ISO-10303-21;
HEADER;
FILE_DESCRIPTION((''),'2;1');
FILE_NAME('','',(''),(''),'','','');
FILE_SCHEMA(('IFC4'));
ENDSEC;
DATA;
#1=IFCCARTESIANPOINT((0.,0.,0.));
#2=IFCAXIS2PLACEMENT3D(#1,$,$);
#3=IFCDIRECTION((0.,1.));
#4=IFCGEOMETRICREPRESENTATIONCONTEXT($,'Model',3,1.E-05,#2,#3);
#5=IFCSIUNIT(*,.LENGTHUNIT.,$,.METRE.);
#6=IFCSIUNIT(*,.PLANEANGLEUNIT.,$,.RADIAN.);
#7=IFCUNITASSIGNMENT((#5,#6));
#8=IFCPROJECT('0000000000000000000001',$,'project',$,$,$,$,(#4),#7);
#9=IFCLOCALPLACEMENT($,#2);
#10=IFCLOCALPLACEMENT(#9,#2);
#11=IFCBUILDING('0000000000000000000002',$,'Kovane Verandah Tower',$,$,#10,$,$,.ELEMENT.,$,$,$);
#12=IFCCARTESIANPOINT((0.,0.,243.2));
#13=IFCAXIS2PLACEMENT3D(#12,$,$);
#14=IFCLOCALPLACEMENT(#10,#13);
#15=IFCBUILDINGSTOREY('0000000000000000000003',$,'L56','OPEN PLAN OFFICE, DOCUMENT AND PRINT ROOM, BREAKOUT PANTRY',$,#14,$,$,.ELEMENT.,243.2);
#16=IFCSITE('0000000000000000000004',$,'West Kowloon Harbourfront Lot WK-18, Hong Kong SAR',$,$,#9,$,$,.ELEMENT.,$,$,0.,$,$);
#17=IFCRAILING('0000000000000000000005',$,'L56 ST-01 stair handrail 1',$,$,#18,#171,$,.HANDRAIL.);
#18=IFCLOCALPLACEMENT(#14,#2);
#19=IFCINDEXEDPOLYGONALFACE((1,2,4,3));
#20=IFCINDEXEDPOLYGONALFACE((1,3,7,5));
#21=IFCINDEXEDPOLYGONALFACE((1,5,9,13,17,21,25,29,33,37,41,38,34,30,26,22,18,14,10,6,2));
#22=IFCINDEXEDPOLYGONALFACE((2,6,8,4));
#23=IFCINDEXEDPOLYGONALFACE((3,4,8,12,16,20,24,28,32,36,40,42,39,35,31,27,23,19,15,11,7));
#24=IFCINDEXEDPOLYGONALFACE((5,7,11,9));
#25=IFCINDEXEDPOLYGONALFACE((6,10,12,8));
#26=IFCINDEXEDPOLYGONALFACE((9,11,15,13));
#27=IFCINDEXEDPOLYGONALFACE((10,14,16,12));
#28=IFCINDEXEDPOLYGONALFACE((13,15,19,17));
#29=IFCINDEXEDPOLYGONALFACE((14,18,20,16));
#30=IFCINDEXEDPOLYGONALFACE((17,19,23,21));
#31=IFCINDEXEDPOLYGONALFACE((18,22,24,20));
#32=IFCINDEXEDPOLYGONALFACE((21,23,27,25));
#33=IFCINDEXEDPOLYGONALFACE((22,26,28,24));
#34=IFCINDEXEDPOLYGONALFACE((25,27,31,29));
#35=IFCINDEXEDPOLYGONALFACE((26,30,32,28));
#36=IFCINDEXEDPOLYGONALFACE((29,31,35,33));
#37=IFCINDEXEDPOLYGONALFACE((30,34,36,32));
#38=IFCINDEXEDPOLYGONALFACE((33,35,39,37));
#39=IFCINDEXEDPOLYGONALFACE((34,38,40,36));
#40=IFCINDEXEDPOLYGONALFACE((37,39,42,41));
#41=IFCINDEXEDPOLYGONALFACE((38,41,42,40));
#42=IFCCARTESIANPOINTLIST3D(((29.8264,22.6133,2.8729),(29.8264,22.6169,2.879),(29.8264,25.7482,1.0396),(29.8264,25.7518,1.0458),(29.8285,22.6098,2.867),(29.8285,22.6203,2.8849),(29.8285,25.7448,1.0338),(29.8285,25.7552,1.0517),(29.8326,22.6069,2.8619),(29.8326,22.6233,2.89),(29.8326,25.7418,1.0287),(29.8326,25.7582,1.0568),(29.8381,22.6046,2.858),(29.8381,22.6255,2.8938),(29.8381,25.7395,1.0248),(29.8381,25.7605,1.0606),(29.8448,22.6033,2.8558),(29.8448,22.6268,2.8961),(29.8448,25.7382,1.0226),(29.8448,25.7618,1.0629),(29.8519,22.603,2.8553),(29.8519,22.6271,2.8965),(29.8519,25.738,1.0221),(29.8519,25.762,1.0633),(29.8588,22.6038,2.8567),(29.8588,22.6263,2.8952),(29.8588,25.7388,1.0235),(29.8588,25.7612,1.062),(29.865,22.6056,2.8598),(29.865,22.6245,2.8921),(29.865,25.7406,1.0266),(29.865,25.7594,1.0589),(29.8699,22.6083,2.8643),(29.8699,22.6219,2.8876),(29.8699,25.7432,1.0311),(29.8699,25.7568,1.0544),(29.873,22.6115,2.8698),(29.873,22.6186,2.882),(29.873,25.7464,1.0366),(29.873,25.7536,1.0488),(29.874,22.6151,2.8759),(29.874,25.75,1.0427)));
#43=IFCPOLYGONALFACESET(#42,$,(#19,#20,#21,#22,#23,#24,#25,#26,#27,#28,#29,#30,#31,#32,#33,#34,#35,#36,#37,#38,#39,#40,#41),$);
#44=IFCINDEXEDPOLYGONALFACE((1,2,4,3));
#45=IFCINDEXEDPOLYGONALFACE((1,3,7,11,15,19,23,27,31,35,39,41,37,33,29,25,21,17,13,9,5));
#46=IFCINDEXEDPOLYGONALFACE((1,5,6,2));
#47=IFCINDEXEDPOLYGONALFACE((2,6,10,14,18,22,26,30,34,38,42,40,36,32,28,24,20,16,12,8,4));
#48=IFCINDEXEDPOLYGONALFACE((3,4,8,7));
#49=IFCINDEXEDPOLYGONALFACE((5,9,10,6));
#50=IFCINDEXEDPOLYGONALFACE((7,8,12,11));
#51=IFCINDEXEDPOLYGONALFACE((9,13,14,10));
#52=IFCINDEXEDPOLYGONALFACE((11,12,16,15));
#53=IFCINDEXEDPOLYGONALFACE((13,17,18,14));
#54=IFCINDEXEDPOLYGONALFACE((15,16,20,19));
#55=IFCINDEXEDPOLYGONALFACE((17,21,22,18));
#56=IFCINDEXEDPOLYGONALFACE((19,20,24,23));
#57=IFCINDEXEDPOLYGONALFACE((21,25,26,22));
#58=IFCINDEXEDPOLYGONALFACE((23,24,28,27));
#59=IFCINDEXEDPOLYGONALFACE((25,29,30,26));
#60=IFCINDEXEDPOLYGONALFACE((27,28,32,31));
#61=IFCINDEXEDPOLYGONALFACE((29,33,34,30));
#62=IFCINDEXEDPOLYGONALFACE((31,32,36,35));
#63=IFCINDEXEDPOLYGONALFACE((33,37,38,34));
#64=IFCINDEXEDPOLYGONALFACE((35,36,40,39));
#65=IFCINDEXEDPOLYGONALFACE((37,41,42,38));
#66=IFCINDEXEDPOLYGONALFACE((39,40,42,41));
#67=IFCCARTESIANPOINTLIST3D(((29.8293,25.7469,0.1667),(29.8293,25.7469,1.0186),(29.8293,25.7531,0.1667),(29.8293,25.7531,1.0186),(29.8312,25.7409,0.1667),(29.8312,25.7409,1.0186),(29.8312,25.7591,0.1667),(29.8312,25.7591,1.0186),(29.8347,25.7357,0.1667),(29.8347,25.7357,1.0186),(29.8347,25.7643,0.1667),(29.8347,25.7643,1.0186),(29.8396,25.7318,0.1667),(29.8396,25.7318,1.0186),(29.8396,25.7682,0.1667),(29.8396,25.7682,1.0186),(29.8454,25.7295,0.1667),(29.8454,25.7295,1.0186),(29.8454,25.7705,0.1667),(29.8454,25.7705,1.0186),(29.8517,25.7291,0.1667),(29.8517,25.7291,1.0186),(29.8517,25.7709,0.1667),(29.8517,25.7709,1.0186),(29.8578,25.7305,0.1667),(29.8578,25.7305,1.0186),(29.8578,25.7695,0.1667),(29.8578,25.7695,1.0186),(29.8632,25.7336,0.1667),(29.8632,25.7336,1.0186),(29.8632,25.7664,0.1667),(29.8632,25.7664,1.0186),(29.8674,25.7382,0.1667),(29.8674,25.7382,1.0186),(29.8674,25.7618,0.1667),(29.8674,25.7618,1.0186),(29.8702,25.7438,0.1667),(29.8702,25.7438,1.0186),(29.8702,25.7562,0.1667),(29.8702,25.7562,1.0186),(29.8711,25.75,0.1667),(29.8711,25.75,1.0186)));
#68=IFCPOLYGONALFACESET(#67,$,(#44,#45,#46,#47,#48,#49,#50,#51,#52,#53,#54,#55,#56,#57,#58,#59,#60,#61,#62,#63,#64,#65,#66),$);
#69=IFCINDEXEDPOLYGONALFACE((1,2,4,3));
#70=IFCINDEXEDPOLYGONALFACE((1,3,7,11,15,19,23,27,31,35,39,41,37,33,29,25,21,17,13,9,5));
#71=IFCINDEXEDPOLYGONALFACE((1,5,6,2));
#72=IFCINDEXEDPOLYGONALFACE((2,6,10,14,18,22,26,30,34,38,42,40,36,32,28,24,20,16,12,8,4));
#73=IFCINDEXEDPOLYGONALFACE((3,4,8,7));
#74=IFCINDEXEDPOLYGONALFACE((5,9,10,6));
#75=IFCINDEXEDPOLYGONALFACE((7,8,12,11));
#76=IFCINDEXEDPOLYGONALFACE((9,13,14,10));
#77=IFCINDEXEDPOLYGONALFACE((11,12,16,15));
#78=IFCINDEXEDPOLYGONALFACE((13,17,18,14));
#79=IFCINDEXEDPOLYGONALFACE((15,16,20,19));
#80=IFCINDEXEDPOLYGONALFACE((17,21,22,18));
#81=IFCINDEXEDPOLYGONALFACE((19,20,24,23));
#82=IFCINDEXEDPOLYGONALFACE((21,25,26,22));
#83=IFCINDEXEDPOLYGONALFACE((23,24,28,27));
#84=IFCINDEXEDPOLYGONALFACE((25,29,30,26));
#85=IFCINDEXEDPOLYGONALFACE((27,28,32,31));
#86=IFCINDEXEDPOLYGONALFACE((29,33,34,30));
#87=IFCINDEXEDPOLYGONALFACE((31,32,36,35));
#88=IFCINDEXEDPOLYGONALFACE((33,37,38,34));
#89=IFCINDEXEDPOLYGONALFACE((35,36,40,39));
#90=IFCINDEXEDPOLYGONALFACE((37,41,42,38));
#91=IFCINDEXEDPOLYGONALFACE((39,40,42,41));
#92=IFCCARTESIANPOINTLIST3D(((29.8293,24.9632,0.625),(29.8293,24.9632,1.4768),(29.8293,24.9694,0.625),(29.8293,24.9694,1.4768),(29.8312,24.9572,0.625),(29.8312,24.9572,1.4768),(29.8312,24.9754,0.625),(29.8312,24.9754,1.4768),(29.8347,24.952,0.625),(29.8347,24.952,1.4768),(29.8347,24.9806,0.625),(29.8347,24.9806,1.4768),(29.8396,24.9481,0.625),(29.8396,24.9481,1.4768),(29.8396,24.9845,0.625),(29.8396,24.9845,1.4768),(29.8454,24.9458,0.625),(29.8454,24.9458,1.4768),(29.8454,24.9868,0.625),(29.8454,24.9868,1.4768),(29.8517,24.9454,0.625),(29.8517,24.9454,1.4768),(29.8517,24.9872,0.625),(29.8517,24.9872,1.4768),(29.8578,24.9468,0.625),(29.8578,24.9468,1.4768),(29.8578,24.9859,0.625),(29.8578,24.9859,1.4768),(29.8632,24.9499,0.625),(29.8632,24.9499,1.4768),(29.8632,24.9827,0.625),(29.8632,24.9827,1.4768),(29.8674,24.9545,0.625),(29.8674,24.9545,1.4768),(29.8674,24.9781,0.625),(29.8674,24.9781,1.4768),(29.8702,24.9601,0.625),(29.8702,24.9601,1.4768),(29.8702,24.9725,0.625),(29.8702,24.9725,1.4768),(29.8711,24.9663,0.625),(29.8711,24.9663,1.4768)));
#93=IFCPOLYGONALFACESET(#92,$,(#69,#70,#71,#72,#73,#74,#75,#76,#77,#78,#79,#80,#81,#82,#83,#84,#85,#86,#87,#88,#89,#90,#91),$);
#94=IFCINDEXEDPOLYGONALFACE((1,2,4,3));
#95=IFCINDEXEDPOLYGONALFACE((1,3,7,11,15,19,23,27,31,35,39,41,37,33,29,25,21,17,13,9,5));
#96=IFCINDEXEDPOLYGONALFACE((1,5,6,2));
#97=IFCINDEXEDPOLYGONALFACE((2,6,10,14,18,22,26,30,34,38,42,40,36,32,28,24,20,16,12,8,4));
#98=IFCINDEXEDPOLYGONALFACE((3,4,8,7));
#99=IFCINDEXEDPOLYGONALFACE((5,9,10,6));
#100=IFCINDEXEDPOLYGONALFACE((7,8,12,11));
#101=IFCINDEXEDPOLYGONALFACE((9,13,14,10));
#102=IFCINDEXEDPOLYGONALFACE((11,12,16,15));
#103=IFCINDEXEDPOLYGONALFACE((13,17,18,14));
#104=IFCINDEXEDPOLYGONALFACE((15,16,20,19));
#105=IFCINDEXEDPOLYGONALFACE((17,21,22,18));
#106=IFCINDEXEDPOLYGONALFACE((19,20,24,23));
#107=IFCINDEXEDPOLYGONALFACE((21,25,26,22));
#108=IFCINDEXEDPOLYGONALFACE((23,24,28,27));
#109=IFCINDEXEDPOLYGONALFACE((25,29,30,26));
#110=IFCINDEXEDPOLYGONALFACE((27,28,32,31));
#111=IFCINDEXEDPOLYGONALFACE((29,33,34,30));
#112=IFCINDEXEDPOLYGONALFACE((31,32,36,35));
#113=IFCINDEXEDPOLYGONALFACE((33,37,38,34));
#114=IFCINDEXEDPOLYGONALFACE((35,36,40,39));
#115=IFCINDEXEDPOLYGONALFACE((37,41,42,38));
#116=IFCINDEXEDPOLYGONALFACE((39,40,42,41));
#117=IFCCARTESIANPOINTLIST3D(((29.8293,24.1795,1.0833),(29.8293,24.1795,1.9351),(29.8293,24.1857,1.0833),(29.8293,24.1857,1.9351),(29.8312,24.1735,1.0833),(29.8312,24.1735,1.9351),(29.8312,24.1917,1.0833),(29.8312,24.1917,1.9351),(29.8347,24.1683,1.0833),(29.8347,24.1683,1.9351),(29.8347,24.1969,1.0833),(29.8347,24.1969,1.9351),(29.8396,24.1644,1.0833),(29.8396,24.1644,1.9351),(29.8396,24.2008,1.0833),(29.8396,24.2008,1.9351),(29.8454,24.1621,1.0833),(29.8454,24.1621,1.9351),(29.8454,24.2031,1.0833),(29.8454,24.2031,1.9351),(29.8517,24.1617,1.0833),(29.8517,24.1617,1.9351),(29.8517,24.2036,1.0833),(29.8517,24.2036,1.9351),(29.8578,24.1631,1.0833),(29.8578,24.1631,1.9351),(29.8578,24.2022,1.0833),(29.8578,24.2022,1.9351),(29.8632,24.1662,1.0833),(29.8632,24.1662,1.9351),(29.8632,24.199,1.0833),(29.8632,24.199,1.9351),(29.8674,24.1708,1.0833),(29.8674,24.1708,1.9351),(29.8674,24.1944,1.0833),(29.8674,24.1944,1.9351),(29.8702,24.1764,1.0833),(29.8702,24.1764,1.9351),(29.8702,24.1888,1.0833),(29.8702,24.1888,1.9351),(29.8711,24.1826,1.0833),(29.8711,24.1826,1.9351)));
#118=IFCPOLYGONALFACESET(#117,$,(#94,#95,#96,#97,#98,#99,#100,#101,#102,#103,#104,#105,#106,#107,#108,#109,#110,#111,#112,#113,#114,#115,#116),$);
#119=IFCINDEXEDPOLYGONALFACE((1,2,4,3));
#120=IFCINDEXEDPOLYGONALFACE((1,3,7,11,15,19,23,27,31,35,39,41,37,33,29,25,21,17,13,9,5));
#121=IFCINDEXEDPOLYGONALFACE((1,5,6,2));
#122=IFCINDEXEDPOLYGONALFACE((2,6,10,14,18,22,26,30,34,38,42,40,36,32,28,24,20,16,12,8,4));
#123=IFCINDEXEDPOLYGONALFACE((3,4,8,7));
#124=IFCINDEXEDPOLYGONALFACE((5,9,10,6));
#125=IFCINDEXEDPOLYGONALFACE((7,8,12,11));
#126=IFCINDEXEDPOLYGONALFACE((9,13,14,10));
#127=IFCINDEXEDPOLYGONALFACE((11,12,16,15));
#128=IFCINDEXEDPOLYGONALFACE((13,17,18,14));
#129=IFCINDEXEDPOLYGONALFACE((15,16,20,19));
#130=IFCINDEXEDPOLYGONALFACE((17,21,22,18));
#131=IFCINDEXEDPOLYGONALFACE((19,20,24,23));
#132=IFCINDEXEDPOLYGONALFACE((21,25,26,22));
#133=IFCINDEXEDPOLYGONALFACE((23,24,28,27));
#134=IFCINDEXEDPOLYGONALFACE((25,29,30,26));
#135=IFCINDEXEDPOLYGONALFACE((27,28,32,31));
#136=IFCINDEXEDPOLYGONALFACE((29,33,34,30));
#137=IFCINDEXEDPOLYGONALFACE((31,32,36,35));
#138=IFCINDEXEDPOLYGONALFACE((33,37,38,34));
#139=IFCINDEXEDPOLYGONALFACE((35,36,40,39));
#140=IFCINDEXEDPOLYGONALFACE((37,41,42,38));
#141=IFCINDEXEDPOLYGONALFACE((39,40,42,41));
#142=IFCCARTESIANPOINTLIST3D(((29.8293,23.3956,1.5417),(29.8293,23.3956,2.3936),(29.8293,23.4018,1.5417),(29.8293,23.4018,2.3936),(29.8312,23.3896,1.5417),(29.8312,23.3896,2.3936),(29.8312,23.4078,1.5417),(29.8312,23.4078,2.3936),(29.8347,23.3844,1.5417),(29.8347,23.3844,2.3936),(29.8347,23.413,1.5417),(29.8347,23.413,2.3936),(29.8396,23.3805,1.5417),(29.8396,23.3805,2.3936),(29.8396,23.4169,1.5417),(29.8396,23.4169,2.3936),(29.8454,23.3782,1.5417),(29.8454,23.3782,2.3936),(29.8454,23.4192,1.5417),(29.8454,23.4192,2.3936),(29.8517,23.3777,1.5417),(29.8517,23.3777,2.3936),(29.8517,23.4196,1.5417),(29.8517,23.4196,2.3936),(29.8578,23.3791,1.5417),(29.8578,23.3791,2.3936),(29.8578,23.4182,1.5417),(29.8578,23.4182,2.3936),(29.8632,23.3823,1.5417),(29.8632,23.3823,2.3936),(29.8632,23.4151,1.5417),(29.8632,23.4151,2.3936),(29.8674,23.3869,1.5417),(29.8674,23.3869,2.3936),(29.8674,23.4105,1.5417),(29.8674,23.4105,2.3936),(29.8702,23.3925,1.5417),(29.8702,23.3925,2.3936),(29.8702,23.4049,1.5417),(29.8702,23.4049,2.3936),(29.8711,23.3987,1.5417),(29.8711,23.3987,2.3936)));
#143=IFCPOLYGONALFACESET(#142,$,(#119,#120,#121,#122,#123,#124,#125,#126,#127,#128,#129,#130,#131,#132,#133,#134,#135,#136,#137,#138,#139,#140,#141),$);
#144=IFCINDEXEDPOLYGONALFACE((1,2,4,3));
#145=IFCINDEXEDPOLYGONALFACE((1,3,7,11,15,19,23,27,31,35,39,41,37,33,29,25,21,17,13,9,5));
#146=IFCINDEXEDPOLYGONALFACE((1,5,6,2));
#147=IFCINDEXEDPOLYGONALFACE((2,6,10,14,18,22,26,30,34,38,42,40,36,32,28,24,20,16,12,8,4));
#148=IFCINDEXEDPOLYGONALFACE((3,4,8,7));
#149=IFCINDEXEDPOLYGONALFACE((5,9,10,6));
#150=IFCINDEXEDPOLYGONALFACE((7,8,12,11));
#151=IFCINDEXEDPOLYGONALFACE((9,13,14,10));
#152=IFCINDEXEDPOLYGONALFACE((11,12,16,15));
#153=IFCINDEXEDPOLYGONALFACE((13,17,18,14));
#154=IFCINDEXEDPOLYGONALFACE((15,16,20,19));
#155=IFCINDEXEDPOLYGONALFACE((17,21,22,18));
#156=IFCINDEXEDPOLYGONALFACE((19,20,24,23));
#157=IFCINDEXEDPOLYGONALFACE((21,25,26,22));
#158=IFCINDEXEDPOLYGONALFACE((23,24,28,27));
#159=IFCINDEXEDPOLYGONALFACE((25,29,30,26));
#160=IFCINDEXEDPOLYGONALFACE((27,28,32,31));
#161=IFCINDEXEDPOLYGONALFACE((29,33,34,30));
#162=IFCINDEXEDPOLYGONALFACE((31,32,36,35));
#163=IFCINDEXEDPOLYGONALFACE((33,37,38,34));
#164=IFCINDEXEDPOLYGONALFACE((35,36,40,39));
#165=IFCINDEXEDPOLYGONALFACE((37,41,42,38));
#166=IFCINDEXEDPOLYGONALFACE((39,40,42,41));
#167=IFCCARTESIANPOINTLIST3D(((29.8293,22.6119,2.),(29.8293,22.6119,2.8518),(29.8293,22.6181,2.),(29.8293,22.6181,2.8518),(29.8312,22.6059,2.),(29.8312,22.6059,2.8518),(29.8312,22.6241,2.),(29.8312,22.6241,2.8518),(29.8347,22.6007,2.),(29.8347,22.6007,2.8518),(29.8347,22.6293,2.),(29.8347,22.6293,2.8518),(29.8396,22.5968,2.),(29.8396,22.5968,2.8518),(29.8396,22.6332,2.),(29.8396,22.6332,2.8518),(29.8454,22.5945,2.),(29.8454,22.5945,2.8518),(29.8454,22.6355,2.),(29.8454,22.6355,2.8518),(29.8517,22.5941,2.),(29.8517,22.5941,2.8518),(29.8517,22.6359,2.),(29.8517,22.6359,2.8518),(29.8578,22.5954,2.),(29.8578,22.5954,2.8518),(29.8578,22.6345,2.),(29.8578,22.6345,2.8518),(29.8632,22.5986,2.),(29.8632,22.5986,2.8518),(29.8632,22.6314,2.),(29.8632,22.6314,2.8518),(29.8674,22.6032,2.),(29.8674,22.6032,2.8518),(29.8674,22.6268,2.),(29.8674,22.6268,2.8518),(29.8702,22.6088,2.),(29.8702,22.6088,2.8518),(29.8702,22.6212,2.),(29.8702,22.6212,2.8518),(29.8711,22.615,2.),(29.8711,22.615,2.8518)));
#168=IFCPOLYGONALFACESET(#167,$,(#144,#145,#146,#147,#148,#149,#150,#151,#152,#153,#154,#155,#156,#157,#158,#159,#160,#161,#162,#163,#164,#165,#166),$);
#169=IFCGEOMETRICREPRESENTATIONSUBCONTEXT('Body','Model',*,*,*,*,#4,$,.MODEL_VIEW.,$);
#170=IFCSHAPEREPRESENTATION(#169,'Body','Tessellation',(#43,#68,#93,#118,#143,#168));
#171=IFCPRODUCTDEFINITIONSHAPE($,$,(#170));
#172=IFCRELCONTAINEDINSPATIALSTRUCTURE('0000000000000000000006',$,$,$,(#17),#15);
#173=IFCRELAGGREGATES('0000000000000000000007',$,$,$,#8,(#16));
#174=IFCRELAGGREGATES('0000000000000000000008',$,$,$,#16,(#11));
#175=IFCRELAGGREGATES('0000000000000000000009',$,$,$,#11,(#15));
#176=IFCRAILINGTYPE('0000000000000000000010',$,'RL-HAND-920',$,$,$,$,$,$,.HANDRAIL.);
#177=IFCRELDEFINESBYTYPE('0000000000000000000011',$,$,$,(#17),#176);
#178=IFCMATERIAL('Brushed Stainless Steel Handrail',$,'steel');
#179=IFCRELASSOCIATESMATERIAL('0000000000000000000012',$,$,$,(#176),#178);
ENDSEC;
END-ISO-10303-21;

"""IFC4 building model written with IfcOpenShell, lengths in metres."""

from ifc_helpers import new_model, si_unit, direction, frame, origin, origin_2d, place, context, subcontext, project, spatial, circle, extrude, material, type_object, element, save


model = new_model("IFC4")

# Units and contexts
model_context = context("Model", 3, precision=1e-05, world=origin(), true_north=direction((0.0, 1.0)))
body_context = subcontext(model_context, "Body", "Model", "MODEL_VIEW")
ifc_project = project(units=[si_unit("LENGTHUNIT", "METRE"), si_unit("PLANEANGLEUNIT", "RADIAN")], contexts=[model_context])

# Site, building, storey
site_placement = place(None, origin())
site = spatial("IfcSite", under=ifc_project, at=site_placement, Name="West Kowloon Harbourfront Lot WK-18, Hong Kong SAR", CompositionType="ELEMENT", RefElevation=0.0)
building_placement = place(site_placement, origin())
building = spatial("IfcBuilding", under=site, at=building_placement, Name="Kovane Verandah Tower", CompositionType="ELEMENT")
storey_placement = place(building_placement, frame((0.0, 0.0, 243.2)))
storey = spatial("IfcBuildingStorey", under=building, at=storey_placement, Name="L56", Description="OPEN PLAN OFFICE, DOCUMENT AND PRINT ROOM, BREAKOUT PANTRY", CompositionType="ELEMENT", Elevation=243.2)

# Railing
ifc_material_1 = material(Name="Brushed Stainless Steel Handrail", Category="steel")
railing_type_1 = type_object("IfcRailingType", Name="RL-HAND-920", PredefinedType="HANDRAIL", material=ifc_material_1)
railing_1_placement = place(storey_placement, frame((29.8501, 25.75, 0.1667)))
element("IfcRailing", 1, at=railing_1_placement, inside=storey, type_object=railing_type_1, Name="L56 ST-01 stair handrail 1", PredefinedType="HANDRAIL", context=body_context, shape_type="SweptSolid", body=[
    extrude(circle(Radius=0.0239, at=origin_2d()), frame((0.0, 0.0, 0.876), z_axis=(0.0, -0.86324, 0.504794), x_axis=(1.0, 0.0, 0.0)), (0.0, 0.0, 1.0), 3.6316),
    extrude(circle(Radius=0.021, at=origin_2d()), origin(), (0.0, 0.0, 1.0), 0.8518),
    extrude(circle(Radius=0.021, at=origin_2d()), frame((0.0, -0.7837, 0.4583)), (0.0, 0.0, 1.0), 0.8518),
    extrude(circle(Radius=0.021, at=origin_2d()), frame((0.0, -1.5674, 0.9165)), (0.0, 0.0, 1.0), 0.8518),
    extrude(circle(Radius=0.021, at=origin_2d()), frame((0.0, -2.3513, 1.375)), (0.0, 0.0, 1.0), 0.8518),
    extrude(circle(Radius=0.021, at=origin_2d()), frame((0.0, -3.135, 1.8333)), (0.0, 0.0, 1.0), 0.8518),
])

save(model, "model.ifc")
